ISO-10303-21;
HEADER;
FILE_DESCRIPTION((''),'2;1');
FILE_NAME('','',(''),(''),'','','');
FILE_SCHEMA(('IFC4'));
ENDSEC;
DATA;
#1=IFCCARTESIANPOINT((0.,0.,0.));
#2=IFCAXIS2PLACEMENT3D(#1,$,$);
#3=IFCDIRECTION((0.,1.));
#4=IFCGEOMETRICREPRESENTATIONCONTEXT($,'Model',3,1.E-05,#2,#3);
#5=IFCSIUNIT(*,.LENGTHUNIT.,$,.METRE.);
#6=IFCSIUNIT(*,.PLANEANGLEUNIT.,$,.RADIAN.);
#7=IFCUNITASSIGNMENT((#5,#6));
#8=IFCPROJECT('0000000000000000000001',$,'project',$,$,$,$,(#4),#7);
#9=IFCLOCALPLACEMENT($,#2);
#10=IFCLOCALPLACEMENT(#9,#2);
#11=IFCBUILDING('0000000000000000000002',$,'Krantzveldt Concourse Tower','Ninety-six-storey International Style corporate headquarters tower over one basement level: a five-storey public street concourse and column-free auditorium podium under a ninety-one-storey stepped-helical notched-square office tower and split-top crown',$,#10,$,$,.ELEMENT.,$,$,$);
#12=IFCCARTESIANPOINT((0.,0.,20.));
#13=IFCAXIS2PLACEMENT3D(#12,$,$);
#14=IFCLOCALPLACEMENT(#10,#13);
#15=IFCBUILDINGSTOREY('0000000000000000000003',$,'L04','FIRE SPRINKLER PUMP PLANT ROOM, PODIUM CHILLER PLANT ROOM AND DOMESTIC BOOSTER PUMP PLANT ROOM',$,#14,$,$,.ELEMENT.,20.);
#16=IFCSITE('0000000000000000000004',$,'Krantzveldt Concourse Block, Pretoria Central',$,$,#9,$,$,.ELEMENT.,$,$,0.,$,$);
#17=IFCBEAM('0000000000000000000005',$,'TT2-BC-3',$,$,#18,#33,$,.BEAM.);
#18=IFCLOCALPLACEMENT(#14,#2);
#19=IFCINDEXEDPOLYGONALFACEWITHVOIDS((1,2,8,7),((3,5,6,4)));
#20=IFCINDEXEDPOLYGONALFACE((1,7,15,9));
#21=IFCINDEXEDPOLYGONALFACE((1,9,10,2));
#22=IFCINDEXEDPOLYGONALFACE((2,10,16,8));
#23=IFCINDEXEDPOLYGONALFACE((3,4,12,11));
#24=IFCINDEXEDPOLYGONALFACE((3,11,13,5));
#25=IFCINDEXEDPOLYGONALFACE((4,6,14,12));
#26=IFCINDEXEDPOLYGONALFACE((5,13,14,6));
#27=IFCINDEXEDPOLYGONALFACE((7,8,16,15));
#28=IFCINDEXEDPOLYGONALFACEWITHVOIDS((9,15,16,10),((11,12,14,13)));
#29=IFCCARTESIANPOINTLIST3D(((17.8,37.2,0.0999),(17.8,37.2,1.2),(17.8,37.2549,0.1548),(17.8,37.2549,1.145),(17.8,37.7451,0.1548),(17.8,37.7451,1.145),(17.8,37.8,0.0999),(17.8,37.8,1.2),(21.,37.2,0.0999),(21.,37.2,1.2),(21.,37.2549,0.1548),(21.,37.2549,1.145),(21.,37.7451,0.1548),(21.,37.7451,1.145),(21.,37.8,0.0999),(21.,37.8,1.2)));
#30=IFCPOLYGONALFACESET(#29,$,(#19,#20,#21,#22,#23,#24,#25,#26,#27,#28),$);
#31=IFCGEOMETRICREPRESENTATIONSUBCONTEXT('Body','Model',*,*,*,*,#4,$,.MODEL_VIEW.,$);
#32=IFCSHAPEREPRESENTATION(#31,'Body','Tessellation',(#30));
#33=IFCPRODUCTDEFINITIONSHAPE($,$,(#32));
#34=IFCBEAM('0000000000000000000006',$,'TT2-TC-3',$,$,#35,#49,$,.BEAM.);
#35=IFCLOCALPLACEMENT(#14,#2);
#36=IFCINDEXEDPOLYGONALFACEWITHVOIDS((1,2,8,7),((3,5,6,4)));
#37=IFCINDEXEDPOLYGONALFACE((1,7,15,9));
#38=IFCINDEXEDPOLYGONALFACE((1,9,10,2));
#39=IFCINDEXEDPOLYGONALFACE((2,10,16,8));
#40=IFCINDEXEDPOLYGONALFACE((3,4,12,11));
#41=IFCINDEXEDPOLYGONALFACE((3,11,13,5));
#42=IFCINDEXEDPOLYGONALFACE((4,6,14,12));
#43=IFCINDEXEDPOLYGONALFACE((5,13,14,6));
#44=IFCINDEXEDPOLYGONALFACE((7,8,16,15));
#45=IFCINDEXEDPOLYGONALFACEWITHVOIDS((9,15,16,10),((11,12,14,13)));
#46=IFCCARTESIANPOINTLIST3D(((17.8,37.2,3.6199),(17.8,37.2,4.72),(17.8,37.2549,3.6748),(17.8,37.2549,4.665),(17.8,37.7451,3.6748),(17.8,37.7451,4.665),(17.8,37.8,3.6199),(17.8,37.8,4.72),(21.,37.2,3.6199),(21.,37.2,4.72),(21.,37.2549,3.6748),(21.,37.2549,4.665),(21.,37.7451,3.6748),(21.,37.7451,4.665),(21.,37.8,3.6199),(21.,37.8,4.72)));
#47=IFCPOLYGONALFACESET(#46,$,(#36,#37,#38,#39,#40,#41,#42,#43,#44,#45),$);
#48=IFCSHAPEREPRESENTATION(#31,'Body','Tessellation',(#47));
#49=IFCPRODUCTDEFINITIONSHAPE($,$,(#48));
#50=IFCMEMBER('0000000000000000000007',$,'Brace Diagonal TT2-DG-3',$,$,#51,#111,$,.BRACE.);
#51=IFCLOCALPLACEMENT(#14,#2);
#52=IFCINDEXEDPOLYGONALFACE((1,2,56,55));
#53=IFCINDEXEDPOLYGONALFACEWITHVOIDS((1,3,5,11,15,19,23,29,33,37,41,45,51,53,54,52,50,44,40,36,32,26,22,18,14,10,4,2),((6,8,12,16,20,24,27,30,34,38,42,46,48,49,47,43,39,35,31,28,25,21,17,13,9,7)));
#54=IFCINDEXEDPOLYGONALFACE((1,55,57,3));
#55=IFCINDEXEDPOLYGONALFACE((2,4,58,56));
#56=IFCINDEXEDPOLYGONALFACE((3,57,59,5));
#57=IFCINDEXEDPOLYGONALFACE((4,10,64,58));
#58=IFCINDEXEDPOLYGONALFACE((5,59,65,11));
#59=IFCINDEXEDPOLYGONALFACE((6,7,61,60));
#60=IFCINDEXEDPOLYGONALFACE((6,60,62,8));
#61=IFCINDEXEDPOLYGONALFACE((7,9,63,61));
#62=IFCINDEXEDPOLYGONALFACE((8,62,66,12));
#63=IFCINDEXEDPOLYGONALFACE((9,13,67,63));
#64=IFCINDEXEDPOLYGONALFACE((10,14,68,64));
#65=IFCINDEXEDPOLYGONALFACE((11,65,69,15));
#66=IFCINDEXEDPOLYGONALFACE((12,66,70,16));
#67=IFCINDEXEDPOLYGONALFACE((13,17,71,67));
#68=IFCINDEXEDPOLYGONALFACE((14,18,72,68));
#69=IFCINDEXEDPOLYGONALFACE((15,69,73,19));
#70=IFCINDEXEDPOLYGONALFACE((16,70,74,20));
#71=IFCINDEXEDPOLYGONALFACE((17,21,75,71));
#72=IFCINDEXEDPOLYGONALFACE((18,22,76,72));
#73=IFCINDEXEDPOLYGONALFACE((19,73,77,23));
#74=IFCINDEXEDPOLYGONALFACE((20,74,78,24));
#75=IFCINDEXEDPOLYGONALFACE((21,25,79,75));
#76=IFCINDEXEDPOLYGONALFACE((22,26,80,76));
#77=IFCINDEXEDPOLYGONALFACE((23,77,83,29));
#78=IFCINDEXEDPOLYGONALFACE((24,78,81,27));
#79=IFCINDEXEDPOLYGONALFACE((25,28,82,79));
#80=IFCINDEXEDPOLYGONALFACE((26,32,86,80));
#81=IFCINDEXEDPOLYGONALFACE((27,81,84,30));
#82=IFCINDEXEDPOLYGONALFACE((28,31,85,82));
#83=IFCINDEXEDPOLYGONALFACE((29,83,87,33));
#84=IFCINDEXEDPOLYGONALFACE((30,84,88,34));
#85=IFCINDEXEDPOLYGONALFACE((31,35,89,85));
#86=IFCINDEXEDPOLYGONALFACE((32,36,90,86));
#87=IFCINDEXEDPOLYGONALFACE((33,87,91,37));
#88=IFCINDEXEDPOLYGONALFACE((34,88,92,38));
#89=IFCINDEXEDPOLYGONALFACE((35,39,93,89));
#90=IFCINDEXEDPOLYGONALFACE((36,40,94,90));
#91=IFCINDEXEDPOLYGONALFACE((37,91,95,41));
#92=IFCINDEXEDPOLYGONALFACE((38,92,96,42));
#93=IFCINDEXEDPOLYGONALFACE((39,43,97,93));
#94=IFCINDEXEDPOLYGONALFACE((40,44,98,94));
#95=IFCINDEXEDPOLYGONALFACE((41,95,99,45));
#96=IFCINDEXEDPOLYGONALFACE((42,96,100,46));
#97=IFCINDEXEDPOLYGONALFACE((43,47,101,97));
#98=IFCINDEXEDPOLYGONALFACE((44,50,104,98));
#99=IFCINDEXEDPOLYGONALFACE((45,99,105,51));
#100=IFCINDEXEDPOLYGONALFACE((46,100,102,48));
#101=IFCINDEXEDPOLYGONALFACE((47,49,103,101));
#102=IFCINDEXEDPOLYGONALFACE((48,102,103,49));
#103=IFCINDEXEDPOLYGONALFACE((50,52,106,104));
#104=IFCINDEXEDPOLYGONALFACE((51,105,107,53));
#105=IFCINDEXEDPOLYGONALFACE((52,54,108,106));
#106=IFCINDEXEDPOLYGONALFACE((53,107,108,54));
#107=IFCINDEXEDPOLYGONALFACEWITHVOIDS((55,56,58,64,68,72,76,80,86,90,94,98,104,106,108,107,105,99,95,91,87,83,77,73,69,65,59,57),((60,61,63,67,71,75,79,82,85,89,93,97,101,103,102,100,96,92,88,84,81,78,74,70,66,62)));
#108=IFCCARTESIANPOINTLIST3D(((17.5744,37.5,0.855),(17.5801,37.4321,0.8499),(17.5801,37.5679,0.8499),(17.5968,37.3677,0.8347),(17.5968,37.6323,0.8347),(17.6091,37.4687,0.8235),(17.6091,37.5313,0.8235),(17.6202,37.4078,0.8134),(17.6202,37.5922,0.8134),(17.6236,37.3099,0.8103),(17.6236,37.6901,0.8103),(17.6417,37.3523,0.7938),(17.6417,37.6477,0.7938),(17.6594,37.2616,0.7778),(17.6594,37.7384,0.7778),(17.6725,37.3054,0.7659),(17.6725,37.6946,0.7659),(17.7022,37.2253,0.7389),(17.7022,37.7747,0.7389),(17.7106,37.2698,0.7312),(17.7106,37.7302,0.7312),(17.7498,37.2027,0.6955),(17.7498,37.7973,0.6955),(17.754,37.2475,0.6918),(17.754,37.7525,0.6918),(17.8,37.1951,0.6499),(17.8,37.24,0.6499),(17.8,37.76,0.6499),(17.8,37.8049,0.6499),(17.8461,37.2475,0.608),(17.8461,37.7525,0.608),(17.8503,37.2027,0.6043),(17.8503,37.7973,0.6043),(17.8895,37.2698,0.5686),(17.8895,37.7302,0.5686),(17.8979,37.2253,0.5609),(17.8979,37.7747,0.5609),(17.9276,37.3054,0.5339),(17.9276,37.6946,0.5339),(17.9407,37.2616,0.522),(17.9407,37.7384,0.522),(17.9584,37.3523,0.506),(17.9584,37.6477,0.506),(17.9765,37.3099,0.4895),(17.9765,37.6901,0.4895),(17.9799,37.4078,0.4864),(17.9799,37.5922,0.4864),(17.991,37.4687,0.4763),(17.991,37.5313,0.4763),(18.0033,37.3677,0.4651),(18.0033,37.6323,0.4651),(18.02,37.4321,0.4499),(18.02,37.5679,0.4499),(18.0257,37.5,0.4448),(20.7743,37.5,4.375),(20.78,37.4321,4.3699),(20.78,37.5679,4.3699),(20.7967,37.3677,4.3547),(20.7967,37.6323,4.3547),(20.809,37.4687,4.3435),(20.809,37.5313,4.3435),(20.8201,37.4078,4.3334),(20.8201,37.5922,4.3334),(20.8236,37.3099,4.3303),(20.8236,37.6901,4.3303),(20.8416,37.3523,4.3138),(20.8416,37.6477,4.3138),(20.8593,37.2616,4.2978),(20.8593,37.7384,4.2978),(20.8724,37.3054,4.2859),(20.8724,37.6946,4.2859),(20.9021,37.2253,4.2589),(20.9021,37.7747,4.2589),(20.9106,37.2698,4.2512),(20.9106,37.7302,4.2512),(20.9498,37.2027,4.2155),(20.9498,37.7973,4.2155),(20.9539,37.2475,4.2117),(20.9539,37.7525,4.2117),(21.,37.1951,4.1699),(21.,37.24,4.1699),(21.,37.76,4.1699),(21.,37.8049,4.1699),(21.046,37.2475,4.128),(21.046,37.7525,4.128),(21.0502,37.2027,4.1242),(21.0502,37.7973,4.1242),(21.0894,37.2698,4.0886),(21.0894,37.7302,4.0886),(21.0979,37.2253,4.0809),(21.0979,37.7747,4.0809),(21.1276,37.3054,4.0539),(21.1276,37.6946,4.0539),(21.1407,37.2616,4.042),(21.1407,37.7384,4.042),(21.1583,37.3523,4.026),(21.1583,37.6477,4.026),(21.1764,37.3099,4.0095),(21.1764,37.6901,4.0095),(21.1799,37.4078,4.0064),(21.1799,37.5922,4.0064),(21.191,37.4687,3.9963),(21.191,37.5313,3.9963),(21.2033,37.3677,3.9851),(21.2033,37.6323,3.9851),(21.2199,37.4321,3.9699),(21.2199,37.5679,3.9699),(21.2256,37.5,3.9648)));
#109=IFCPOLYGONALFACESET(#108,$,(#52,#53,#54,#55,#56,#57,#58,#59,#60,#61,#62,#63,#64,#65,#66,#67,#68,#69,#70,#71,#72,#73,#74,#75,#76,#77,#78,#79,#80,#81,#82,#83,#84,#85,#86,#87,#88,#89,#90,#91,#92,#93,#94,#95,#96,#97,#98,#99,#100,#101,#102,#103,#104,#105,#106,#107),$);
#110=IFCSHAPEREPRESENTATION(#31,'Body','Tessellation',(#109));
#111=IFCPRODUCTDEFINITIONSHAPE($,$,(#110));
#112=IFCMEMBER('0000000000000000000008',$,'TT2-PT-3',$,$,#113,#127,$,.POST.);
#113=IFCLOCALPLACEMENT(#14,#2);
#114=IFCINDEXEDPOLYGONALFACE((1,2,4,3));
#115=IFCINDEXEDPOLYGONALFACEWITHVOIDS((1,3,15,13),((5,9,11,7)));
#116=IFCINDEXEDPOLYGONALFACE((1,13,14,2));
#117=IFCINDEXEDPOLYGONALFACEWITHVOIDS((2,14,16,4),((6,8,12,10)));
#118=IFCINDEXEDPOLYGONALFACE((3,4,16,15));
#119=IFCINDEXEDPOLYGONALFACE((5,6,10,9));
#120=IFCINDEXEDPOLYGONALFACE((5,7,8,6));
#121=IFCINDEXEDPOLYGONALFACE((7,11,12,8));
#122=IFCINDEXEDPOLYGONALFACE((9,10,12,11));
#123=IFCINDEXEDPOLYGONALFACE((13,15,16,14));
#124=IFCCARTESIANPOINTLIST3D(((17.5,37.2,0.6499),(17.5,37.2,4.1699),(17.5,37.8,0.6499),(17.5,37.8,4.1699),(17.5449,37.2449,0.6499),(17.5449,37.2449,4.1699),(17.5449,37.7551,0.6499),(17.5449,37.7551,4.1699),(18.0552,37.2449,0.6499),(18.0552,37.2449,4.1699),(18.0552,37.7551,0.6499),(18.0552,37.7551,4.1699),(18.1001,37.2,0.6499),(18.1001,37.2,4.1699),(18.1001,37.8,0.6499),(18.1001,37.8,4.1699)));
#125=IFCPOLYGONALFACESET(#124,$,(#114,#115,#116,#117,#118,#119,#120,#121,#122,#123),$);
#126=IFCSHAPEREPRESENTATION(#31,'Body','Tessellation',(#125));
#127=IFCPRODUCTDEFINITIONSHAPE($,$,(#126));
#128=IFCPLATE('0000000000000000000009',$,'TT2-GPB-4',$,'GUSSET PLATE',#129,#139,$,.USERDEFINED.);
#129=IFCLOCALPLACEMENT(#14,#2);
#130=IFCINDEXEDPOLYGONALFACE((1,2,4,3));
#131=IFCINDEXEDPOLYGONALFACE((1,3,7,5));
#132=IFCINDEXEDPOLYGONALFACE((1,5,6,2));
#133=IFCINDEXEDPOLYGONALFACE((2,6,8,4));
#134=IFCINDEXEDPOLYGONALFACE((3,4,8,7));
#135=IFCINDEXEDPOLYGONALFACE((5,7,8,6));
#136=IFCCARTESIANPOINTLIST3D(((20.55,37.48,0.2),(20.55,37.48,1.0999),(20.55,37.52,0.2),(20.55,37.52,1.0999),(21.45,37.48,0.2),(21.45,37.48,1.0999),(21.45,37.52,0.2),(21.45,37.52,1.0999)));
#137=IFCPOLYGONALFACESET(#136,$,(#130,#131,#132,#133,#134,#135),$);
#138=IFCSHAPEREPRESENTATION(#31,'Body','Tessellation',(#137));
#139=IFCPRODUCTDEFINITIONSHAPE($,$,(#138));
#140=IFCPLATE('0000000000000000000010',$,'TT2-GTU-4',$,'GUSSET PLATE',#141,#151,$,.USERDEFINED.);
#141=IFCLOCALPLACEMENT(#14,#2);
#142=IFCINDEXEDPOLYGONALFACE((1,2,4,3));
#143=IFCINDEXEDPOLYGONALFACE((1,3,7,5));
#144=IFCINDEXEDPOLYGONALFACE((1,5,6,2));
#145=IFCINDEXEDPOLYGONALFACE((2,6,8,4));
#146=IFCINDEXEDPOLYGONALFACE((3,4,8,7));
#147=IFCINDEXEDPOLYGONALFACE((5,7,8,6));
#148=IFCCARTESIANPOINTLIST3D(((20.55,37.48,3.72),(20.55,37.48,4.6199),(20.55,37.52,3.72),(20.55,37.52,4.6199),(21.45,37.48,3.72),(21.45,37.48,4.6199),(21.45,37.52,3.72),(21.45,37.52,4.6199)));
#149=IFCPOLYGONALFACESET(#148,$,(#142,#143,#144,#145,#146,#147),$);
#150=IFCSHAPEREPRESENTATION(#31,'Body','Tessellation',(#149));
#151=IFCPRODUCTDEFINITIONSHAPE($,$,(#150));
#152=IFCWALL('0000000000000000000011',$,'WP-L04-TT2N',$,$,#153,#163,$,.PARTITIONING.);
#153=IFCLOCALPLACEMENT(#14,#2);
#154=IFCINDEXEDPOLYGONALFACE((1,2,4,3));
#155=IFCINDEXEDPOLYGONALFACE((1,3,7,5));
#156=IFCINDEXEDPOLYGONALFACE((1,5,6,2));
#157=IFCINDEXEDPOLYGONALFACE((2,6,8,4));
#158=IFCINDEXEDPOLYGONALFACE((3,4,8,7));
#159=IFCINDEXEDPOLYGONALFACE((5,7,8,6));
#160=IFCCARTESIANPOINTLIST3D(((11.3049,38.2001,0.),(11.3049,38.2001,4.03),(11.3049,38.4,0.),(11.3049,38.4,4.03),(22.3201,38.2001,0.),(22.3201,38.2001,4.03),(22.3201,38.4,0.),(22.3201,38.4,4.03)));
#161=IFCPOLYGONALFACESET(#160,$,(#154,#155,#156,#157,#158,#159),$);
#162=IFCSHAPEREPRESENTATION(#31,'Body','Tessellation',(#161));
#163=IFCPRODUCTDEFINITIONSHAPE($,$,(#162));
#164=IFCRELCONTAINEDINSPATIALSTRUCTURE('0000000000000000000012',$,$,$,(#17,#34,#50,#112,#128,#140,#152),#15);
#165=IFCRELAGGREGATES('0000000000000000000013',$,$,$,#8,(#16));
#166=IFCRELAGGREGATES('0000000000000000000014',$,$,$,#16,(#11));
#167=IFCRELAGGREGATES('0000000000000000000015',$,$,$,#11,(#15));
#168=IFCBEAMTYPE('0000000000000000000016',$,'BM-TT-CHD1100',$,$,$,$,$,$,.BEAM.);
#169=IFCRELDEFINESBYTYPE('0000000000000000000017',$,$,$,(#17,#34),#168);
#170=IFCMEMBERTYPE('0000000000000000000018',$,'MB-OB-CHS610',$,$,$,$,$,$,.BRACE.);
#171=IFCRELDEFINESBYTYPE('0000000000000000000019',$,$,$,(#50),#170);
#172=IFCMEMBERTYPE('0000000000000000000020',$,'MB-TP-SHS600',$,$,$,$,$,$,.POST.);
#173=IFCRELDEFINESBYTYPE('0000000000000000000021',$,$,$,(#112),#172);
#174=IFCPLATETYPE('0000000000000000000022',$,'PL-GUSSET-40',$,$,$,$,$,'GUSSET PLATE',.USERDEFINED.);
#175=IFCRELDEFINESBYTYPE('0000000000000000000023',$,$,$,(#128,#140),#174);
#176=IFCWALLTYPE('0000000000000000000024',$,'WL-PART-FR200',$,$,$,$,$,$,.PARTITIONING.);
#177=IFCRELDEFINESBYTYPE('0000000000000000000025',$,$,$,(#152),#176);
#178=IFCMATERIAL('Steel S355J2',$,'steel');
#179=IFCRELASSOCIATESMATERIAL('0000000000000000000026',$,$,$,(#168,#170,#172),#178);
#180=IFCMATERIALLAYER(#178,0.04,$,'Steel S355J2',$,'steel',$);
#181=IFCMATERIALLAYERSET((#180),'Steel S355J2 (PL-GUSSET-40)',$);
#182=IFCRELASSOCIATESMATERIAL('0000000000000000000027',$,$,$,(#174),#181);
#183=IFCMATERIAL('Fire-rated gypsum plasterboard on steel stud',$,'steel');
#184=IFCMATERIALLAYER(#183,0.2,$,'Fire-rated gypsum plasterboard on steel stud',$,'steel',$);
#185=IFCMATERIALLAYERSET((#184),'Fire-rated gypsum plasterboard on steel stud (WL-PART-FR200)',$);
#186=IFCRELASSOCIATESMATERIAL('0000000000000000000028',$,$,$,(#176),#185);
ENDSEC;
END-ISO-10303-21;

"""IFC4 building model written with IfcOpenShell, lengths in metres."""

from ifc_helpers import new_model, si_unit, direction, frame, frame_2d, origin, origin_2d, place, context, subcontext, project, spatial, rectangle, hollow_rectangle, hollow_circle, extrude, source, transform, mapped, material, layer, layer_set, material_profile, profile_set, type_object, type_shapes, element, save


model = new_model("IFC4")

# Units and contexts
model_context = context("Model", 3, precision=1e-05, world=origin(), true_north=direction((0.0, 1.0)))
body_context = subcontext(model_context, "Body", "Model", "MODEL_VIEW")
ifc_project = project(units=[si_unit("LENGTHUNIT", "METRE"), si_unit("PLANEANGLEUNIT", "RADIAN")], contexts=[model_context])

# Site, building, storey
site_placement = place(None, origin())
site = spatial("IfcSite", under=ifc_project, at=site_placement, Name="Krantzveldt Concourse Block, Pretoria Central", CompositionType="ELEMENT", RefElevation=0.0)
building_placement = place(site_placement, origin())
building = spatial("IfcBuilding", under=site, at=building_placement, Name="Krantzveldt Concourse Tower", Description="Ninety-six-storey International Style corporate headquarters tower over one basement level: a five-storey public street concourse and column-free auditorium podium under a ninety-one-storey stepped-helical notched-square office tower and split-top crown", CompositionType="ELEMENT")
storey_placement = place(building_placement, frame((0.0, 0.0, 20.0)))
storey = spatial("IfcBuildingStorey", under=building, at=storey_placement, Name="L04", Description="FIRE SPRINKLER PUMP PLANT ROOM, PODIUM CHILLER PLANT ROOM AND DOMESTIC BOOSTER PUMP PLANT ROOM", CompositionType="ELEMENT", Elevation=20.0)

# Beams
ifc_material_1 = material(Name="Steel S355J2", Category="steel")
ifc_material_profile_1 = material_profile(ifc_material_1, hollow_rectangle(XDim=0.6001, YDim=1.1001, WallThickness=0.0549, at=origin_2d()), Name="Steel S355J2", Category="steel")
ifc_profile_set_1 = profile_set([ifc_material_profile_1], Name="Steel S355J2 - RHS 1100x600x55")
beam_type_1 = type_object("IfcBeamType", Name="BM-TT-CHD1100", PredefinedType="BEAM", material=ifc_profile_set_1)
shared_shape_1 = source(origin(), body_context, "Body", "SweptSolid", [
    extrude(hollow_rectangle(XDim=0.6001, YDim=1.1001, WallThickness=0.0549, at=origin_2d()), origin(), (0.0, 0.0, 1.0), 3.2),
])
type_shapes(beam_type_1, [shared_shape_1])
for number, where, z_axis, x_axis, name in (
    (1, (17.8, 37.5, 0.6499), (1.0, 0.0, 0.0), (0.0, 1.0, 0.0), "TT2-BC-3"),
    (2, (17.8, 37.5, 4.1699), (1.0, 0.0, 0.0), (0.0, 1.0, 0.0), "TT2-TC-3"),
):
    element("IfcBeam", number, at=place(storey_placement, frame(where, z_axis=z_axis, x_axis=x_axis)), inside=storey, type_object=beam_type_1, Name=name, PredefinedType="BEAM", context=body_context, shape_type="MappedRepresentation", body=[
        mapped(shared_shape_1, transform((0.0, 0.0, 0.0), x_axis=(1.0, 0.0, 0.0), y_axis=(0.0, 1.0, 0.0), z_axis=(0.0, 0.0, 1.0), scale=1.0)),
    ])

# Members
ifc_material_profile_2 = material_profile(ifc_material_1, hollow_circle(Radius=0.3049, WallThickness=0.0449, at=origin_2d()), Name="Steel S355J2", Category="steel")
ifc_profile_set_2 = profile_set([ifc_material_profile_2], Name="Steel S355J2 - CHS 610x45")
member_type_1 = type_object("IfcMemberType", Name="MB-OB-CHS610", PredefinedType="BRACE", material=ifc_profile_set_2)
shared_shape_2 = source(origin(), body_context, "Body", "SweptSolid", [
    extrude(hollow_circle(Radius=0.3049, WallThickness=0.0449, at=origin_2d()), origin(), (0.0, 0.0, 1.0), 4.7571),
])
type_shapes(member_type_1, [shared_shape_2])
member_1_placement = place(storey_placement, frame((17.8, 37.5, 0.6499), z_axis=(0.672665, 0.0, 0.739947), x_axis=(0.0, 1.0, 0.0)))
element("IfcMember", 3, at=member_1_placement, inside=storey, type_object=member_type_1, Name="Brace Diagonal TT2-DG-3", PredefinedType="BRACE", context=body_context, shape_type="MappedRepresentation", body=[
    mapped(shared_shape_2, transform((0.0, 0.0, 0.0), x_axis=(1.0, 0.0, 0.0), y_axis=(0.0, 1.0, 0.0), z_axis=(0.0, 0.0, 1.0), scale=1.0)),
])
ifc_material_profile_3 = material_profile(ifc_material_1, hollow_rectangle(XDim=0.6001, YDim=0.6001, WallThickness=0.0449, at=origin_2d()), Name="Steel S355J2", Category="steel")
ifc_profile_set_3 = profile_set([ifc_material_profile_3], Name="Steel S355J2 - SHS 600x600x45")
member_type_2 = type_object("IfcMemberType", Name="MB-TP-SHS600", PredefinedType="POST", material=ifc_profile_set_3)
shared_shape_3 = source(origin(), body_context, "Body", "SweptSolid", [
    extrude(hollow_rectangle(XDim=0.6001, YDim=0.6001, WallThickness=0.0449, at=origin_2d()), origin(), (0.0, 0.0, 1.0), 3.52),
])
type_shapes(member_type_2, [shared_shape_3])
member_2_placement = place(storey_placement, frame((17.8, 37.5, 0.6499), z_axis=(0.0, 0.0, 1.0), x_axis=(1.0, 0.0, 0.0)))
element("IfcMember", 4, at=member_2_placement, inside=storey, type_object=member_type_2, Name="TT2-PT-3", PredefinedType="POST", context=body_context, shape_type="MappedRepresentation", body=[
    mapped(shared_shape_3, transform((0.0, 0.0, 0.0), x_axis=(1.0, 0.0, 0.0), y_axis=(0.0, 1.0, 0.0), z_axis=(0.0, 0.0, 1.0), scale=1.0)),
])

# Plates
ifc_layer_1 = layer(ifc_material_1, 0.04, Name="Steel S355J2", Category="steel")
ifc_layer_set_1 = layer_set([ifc_layer_1], Name="Steel S355J2 (PL-GUSSET-40)")
plate_type = type_object("IfcPlateType", Name="PL-GUSSET-40", ElementType="GUSSET PLATE", PredefinedType="USERDEFINED", material=ifc_layer_set_1)
shared_shape_4 = source(origin(), body_context, "Body", "SweptSolid", [
    extrude(rectangle(XDim=0.8999, YDim=0.04, at=origin_2d()), origin(), (0.0, 0.0, 1.0), 0.8999),
])
type_shapes(plate_type, [shared_shape_4])
for number, where, z_axis, x_axis, name in (
    (5, (21.0, 37.5, 0.2), (0.0, 0.0, 1.0), (1.0, 0.0, 0.0), "TT2-GPB-4"),
    (6, (21.0, 37.5, 3.72), (0.0, 0.0, 1.0), (1.0, 0.0, 0.0), "TT2-GTU-4"),
):
    element("IfcPlate", number, at=place(storey_placement, frame(where, z_axis=z_axis, x_axis=x_axis)), inside=storey, type_object=plate_type, Name=name, ObjectType="GUSSET PLATE", PredefinedType="USERDEFINED", context=body_context, shape_type="MappedRepresentation", body=[
        mapped(shared_shape_4, transform((0.0, 0.0, 0.0), x_axis=(1.0, 0.0, 0.0), y_axis=(0.0, 1.0, 0.0), z_axis=(0.0, 0.0, 1.0), scale=1.0)),
    ])

# Wall
ifc_material_2 = material(Name="Fire-rated gypsum plasterboard on steel stud", Category="steel")
ifc_layer_2 = layer(ifc_material_2, 0.2, Name="Fire-rated gypsum plasterboard on steel stud", Category="steel")
ifc_layer_set_2 = layer_set([ifc_layer_2], Name="Fire-rated gypsum plasterboard on steel stud (WL-PART-FR200)")
wall_type = type_object("IfcWallType", Name="WL-PART-FR200", PredefinedType="PARTITIONING", material=ifc_layer_set_2)
wall_placement = place(storey_placement, frame((11.3049, 38.3, 0.0), z_axis=(0.0, 0.0, 1.0), x_axis=(1.0, 0.0, 0.0)))
element("IfcWall", 7, at=wall_placement, inside=storey, type_object=wall_type, Name="WP-L04-TT2N", PredefinedType="PARTITIONING", context=body_context, shape_type="SweptSolid", body=[
    extrude(rectangle(XDim=11.0151, YDim=0.2, at=frame_2d((5.5076, 0.0))), origin(), (0.0, 0.0, 1.0), 4.03),
])

save(model, "model.ifc")
